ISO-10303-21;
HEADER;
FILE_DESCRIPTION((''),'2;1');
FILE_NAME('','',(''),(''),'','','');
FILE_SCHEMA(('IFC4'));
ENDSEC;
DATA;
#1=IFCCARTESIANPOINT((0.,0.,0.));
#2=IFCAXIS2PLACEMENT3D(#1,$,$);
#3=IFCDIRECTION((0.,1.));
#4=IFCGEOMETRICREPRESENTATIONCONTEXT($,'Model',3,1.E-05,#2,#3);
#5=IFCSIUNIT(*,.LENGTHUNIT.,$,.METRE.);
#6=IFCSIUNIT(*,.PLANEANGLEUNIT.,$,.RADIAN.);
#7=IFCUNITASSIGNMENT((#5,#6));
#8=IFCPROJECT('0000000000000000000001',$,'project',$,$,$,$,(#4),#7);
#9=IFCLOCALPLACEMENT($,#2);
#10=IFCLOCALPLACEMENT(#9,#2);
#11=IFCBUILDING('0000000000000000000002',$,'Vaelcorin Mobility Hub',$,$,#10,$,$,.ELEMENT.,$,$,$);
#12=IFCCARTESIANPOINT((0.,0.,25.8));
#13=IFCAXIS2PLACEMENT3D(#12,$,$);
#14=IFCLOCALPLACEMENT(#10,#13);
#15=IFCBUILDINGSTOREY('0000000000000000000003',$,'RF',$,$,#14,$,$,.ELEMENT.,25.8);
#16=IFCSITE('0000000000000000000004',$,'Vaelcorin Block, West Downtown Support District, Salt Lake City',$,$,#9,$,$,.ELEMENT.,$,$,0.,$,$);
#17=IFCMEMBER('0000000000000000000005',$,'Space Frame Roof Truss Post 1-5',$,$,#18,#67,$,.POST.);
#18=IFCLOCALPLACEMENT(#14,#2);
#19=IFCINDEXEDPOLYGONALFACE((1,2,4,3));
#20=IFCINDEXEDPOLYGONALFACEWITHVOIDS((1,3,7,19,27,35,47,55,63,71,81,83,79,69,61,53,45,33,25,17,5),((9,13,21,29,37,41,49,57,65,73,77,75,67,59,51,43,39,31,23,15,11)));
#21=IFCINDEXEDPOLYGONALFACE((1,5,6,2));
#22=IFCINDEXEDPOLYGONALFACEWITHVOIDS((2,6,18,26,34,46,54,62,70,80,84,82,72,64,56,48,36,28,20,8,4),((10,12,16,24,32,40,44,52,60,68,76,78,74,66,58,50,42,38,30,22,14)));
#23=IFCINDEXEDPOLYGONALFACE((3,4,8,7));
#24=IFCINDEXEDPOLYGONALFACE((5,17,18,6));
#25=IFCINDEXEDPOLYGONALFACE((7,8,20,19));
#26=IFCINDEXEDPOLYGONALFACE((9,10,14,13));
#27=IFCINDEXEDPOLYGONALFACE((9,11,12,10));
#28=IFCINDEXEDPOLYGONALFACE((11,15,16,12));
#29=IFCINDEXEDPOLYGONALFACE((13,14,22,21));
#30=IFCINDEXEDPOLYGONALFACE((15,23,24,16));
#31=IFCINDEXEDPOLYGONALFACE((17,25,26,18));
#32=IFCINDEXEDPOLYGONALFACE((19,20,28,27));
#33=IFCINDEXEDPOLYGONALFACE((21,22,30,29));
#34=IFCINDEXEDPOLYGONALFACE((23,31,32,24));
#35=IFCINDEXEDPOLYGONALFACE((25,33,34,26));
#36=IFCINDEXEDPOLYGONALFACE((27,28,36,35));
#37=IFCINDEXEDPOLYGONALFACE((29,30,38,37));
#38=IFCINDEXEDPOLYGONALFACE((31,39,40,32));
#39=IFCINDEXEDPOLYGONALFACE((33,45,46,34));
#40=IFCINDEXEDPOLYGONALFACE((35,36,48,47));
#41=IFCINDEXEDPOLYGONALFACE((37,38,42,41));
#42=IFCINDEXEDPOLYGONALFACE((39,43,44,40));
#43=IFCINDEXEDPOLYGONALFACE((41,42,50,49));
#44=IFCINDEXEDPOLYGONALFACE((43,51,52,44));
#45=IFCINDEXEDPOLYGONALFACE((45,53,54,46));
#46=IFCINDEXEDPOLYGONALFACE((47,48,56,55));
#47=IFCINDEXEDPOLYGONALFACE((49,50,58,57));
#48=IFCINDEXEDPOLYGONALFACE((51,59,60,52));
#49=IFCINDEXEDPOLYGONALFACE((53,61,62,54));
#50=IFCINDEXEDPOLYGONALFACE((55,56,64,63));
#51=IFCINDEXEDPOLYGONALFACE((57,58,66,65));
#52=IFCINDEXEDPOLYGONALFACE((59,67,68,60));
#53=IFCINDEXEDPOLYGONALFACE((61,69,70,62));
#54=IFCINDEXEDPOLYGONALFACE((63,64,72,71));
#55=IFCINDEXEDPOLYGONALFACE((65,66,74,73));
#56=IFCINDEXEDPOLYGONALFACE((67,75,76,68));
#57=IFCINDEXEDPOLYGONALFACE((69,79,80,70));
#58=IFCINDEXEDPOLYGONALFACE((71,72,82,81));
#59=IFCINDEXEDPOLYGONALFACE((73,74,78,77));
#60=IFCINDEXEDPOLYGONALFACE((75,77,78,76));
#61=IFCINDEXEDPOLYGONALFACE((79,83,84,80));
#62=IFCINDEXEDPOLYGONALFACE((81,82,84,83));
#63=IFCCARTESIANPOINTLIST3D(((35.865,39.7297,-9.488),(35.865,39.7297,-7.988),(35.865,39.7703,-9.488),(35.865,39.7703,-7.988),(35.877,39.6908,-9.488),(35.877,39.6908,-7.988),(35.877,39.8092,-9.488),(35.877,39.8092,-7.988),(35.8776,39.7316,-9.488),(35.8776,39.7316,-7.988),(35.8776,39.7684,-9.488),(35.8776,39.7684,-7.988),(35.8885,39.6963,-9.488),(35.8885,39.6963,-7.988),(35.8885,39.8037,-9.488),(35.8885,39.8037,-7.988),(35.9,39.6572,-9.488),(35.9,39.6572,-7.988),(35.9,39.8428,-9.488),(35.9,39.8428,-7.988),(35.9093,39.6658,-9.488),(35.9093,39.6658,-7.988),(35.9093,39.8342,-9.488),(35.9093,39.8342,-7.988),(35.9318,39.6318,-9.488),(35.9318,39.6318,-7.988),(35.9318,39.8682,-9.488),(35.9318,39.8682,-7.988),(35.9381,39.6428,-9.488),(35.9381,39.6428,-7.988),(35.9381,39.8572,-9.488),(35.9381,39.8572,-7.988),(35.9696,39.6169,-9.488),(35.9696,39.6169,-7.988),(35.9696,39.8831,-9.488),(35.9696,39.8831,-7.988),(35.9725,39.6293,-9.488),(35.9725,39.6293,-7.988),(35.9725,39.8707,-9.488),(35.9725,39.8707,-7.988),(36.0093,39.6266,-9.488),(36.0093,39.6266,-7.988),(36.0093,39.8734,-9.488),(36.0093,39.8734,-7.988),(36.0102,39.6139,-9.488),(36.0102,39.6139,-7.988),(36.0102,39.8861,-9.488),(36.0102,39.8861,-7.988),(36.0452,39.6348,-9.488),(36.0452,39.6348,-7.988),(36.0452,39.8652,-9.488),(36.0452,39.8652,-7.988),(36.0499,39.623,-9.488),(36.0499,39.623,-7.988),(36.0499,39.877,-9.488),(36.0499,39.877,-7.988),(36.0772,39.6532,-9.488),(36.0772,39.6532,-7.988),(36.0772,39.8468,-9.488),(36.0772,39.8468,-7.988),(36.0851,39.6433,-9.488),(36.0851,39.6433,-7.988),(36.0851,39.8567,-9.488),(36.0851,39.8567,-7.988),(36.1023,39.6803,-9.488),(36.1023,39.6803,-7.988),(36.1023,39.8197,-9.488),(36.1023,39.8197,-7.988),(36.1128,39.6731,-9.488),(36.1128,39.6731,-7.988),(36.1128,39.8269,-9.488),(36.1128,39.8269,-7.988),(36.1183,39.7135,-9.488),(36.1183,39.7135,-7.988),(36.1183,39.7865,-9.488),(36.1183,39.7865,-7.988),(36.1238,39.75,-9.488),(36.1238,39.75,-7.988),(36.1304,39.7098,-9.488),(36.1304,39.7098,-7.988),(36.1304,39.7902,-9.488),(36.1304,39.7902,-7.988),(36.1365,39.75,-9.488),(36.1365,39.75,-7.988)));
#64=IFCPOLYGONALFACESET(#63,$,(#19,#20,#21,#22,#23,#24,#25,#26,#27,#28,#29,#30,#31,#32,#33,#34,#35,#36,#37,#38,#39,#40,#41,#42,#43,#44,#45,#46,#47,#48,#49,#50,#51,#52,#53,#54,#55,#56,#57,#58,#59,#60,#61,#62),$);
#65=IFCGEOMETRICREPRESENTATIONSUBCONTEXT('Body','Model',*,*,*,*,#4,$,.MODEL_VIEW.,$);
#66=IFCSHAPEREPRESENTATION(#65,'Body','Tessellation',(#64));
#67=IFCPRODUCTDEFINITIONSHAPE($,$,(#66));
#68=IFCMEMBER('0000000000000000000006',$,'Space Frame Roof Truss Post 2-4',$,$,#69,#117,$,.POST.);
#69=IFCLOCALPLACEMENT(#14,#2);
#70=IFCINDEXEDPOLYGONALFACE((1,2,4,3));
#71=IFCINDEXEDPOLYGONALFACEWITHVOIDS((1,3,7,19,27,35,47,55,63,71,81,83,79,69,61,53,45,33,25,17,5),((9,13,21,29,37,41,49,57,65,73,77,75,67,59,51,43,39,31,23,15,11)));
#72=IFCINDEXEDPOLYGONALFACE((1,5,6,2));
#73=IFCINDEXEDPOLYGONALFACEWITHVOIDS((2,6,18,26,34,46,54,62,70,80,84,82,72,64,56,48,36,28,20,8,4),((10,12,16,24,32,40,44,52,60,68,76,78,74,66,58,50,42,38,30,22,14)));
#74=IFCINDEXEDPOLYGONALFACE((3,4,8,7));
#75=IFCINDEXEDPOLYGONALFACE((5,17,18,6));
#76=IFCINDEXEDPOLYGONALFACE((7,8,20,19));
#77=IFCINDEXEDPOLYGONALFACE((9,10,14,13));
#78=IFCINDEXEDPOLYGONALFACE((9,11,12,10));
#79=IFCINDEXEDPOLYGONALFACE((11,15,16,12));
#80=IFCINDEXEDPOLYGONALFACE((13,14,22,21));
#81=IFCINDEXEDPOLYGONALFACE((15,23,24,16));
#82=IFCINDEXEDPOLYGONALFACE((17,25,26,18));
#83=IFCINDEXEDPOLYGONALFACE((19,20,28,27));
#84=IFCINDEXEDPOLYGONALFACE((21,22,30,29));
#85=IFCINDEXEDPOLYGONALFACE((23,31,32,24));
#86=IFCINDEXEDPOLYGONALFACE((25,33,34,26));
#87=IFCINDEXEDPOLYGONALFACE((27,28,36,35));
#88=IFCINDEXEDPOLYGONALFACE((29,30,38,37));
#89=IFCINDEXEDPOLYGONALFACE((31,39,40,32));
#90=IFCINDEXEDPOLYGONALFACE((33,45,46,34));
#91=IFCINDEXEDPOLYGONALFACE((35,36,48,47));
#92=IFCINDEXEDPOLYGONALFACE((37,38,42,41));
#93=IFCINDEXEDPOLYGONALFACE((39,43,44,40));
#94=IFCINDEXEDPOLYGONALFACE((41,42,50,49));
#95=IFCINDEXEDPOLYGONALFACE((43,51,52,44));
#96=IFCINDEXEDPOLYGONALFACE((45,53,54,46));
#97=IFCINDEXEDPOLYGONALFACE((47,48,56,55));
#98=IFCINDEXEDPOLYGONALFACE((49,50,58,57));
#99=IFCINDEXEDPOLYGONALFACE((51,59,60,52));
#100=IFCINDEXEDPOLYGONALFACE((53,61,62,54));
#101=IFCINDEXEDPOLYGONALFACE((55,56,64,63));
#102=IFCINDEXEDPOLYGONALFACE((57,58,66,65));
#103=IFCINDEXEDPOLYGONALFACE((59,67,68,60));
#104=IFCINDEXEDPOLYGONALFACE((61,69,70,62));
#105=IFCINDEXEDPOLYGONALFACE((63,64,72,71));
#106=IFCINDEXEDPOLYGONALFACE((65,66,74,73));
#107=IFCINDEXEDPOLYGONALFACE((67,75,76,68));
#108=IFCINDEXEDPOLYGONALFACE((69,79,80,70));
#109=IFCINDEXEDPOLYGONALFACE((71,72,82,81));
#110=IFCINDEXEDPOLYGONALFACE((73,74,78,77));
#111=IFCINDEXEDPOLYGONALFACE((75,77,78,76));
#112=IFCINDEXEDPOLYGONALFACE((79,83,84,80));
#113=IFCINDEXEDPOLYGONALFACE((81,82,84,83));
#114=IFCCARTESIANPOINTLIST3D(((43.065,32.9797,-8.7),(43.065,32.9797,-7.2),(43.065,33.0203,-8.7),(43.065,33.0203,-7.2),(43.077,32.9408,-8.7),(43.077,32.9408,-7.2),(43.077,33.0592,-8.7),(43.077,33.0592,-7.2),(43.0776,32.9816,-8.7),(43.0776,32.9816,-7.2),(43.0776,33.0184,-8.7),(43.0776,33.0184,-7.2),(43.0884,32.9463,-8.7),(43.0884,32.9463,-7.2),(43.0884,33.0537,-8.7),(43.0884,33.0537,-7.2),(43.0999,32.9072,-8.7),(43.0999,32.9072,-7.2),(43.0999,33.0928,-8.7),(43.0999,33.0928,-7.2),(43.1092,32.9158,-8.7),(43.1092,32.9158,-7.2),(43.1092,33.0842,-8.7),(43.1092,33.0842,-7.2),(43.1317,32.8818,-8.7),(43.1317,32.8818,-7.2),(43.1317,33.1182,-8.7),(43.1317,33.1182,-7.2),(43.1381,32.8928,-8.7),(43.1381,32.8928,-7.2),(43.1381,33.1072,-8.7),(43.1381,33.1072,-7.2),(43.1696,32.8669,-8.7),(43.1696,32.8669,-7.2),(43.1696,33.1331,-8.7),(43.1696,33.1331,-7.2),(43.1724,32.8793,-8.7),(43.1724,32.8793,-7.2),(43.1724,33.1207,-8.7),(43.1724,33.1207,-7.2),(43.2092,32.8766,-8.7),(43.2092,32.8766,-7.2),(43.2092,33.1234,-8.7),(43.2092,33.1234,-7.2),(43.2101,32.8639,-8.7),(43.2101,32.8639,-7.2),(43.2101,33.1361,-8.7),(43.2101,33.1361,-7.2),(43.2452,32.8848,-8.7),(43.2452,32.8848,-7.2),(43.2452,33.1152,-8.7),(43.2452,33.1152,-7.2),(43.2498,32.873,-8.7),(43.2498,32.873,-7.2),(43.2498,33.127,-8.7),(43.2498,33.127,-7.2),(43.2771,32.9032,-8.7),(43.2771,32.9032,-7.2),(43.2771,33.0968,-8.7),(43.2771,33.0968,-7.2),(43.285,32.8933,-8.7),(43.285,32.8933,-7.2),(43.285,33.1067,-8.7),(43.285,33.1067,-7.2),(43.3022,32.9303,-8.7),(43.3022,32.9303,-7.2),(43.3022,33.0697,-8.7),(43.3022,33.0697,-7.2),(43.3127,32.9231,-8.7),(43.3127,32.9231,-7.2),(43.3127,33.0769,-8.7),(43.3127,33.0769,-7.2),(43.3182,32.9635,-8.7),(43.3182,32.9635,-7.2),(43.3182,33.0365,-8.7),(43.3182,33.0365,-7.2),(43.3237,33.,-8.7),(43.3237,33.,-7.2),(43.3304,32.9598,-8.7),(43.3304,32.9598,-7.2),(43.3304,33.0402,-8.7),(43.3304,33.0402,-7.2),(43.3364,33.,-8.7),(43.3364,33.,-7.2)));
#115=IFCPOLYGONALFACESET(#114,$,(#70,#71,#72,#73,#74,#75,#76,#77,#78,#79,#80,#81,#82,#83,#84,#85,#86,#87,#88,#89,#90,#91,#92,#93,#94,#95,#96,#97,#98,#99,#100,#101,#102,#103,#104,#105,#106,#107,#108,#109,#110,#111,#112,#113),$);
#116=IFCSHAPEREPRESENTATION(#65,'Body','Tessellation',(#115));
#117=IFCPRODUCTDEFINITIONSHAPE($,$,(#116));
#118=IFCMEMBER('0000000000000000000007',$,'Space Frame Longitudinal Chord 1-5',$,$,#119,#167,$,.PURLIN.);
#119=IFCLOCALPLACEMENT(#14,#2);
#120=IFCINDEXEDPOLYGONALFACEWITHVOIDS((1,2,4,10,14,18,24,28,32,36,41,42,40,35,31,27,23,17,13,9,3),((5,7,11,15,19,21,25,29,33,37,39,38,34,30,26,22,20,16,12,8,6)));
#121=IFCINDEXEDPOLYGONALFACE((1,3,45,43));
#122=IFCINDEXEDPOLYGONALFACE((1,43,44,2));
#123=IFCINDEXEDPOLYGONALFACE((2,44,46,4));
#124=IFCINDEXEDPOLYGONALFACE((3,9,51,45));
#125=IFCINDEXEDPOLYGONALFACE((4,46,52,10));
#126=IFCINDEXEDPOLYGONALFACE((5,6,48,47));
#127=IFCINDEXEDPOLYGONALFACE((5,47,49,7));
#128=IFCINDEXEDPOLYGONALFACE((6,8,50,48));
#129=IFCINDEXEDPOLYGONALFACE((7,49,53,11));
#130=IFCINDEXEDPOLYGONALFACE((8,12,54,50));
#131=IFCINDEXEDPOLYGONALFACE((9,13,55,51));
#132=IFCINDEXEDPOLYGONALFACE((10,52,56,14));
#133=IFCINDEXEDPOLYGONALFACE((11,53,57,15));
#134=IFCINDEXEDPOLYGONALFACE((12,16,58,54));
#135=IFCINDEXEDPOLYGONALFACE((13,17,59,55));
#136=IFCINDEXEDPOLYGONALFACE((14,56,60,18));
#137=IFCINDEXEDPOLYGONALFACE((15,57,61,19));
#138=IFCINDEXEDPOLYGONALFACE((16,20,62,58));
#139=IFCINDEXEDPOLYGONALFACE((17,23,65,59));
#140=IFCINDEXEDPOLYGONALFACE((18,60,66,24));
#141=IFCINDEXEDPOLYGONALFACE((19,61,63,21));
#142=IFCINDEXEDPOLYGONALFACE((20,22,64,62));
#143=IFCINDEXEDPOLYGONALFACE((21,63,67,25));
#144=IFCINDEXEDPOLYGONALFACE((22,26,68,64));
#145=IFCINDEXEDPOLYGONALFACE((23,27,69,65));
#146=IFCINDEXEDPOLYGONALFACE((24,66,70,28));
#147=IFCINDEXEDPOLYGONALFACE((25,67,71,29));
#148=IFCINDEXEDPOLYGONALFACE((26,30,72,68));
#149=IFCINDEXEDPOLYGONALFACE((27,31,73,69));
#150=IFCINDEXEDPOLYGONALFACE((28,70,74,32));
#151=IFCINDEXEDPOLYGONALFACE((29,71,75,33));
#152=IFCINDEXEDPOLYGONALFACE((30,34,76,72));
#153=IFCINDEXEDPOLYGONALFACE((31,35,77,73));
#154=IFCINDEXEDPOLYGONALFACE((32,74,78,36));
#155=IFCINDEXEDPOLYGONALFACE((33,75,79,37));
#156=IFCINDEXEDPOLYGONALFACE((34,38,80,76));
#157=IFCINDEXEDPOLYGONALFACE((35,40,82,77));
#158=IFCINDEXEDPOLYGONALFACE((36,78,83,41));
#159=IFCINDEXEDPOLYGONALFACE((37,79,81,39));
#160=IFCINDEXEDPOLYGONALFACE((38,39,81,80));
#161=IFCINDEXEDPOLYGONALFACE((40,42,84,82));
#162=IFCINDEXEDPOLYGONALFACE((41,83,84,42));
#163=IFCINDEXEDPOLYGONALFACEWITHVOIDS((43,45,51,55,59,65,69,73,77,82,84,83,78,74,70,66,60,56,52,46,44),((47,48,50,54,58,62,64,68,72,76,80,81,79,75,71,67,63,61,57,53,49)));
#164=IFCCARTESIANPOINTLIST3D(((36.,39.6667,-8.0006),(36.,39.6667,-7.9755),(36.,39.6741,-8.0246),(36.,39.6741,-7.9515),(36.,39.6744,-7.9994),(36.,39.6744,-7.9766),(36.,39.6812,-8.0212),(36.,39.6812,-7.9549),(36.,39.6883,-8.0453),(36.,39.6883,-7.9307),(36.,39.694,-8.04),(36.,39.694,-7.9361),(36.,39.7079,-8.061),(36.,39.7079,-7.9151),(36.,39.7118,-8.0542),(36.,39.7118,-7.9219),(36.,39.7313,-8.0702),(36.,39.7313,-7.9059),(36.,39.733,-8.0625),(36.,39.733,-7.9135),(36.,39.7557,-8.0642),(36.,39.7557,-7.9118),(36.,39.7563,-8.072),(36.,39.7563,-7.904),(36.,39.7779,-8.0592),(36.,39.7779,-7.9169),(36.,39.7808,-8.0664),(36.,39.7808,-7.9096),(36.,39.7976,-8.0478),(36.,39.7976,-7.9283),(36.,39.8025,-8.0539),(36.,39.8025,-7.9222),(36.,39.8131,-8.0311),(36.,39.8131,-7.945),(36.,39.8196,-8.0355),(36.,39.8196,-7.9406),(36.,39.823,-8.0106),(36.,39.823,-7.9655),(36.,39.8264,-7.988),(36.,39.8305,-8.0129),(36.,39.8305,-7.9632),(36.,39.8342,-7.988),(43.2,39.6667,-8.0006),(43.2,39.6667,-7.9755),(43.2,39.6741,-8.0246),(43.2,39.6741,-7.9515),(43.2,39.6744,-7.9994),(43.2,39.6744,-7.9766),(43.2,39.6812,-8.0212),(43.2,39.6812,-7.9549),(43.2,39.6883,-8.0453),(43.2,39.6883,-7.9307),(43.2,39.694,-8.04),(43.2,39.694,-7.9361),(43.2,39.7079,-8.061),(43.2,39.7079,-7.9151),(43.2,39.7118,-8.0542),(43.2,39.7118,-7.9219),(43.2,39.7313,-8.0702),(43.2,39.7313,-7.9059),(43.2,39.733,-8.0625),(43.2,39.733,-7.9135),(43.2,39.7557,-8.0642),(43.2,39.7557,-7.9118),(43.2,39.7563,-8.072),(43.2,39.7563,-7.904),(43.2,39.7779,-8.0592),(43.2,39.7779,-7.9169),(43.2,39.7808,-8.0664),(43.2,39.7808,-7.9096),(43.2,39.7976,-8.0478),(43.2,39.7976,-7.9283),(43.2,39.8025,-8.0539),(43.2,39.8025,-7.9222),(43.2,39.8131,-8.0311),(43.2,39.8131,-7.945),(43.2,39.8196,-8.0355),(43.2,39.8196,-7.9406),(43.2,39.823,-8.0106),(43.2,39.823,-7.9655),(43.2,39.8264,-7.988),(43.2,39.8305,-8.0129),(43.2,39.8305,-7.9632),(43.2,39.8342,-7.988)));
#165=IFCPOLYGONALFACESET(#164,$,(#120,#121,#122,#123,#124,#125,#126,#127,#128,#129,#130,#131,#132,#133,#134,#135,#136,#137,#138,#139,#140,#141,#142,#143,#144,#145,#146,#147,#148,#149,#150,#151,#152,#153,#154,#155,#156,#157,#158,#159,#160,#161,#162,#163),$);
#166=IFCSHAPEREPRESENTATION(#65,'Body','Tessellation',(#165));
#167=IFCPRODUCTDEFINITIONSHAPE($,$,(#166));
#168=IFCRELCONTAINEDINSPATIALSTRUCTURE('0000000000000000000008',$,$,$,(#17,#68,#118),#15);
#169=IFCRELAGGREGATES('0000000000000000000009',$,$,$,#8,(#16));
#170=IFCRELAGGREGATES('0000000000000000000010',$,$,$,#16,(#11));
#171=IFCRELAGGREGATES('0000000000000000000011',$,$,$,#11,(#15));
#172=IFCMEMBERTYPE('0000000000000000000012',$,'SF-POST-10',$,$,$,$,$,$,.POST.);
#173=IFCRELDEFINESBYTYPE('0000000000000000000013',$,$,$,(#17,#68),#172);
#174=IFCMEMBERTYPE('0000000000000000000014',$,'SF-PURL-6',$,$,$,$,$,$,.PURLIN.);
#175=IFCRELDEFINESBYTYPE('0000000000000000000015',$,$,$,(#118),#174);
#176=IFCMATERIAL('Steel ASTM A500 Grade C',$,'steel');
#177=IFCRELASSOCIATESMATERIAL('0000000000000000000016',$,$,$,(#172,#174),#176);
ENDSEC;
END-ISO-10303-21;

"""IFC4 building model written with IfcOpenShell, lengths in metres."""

from ifc_helpers import new_model, si_unit, direction, frame, origin, origin_2d, place, context, subcontext, project, spatial, hollow_circle, extrude, material, material_profile, profile_set, type_object, element, save


model = new_model("IFC4")

# Units and contexts
model_context = context("Model", 3, precision=1e-05, world=origin(), true_north=direction((0.0, 1.0)))
body_context = subcontext(model_context, "Body", "Model", "MODEL_VIEW")
ifc_project = project(units=[si_unit("LENGTHUNIT", "METRE"), si_unit("PLANEANGLEUNIT", "RADIAN")], contexts=[model_context])

# Site, building, storey
site_placement = place(None, origin())
site = spatial("IfcSite", under=ifc_project, at=site_placement, Name="Vaelcorin Block, West Downtown Support District, Salt Lake City", CompositionType="ELEMENT", RefElevation=0.0)
building_placement = place(site_placement, origin())
building = spatial("IfcBuilding", under=site, at=building_placement, Name="Vaelcorin Mobility Hub", CompositionType="ELEMENT")
storey_placement = place(building_placement, frame((0.0, 0.0, 25.8)))
storey = spatial("IfcBuildingStorey", under=building, at=storey_placement, Name="RF", CompositionType="ELEMENT", Elevation=25.8)

# Members
ifc_material_1 = material(Name="Steel ASTM A500 Grade C", Category="steel")
ifc_material_profile_1 = material_profile(ifc_material_1, hollow_circle(Radius=0.1365, WallThickness=0.0127, at=origin_2d()), Name="HSS10.750X0.500")
ifc_profile_set_1 = profile_set([ifc_material_profile_1], Name="Steel ASTM A500 Grade C")
member_type_1 = type_object("IfcMemberType", Name="SF-POST-10", PredefinedType="POST", material=ifc_profile_set_1)
for number, where, z_axis, x_axis, name in (
    (1, (36.0, 39.75, -9.488), (0.0, 0.0, 1.0), (1.0, 0.0, 0.0), "Space Frame Roof Truss Post 1-5"),
    (2, (43.2, 33.0, -8.7), (0.0, 0.0, 1.0), (1.0, 0.0, 0.0), "Space Frame Roof Truss Post 2-4"),
):
    element("IfcMember", number, at=place(storey_placement, frame(where, z_axis=z_axis, x_axis=x_axis)), inside=storey, type_object=member_type_1, Name=name, PredefinedType="POST", context=body_context, shape_type="SweptSolid", body=[
        extrude(hollow_circle(Radius=0.1365, WallThickness=0.0127, at=origin_2d()), origin(), (0.0, 0.0, 1.0), 1.5),
    ])
ifc_material_profile_2 = material_profile(ifc_material_1, hollow_circle(Radius=0.0842, WallThickness=0.0078, at=origin_2d()), Name="HSS6.625X0.312")
ifc_profile_set_2 = profile_set([ifc_material_profile_2], Name="Steel ASTM A500 Grade C")
member_type_2 = type_object("IfcMemberType", Name="SF-PURL-6", PredefinedType="PURLIN", material=ifc_profile_set_2)
member_1_placement = place(storey_placement, frame((36.0, 39.75, -7.988), z_axis=(1.0, 0.0, 0.0), x_axis=(0.0, 1.0, 0.0)))
element("IfcMember", 3, at=member_1_placement, inside=storey, type_object=member_type_2, Name="Space Frame Longitudinal Chord 1-5", PredefinedType="PURLIN", context=body_context, shape_type="SweptSolid", body=[
    extrude(hollow_circle(Radius=0.0842, WallThickness=0.0078, at=origin_2d()), origin(), (0.0, 0.0, 1.0), 7.2),
])

save(model, "model.ifc")
